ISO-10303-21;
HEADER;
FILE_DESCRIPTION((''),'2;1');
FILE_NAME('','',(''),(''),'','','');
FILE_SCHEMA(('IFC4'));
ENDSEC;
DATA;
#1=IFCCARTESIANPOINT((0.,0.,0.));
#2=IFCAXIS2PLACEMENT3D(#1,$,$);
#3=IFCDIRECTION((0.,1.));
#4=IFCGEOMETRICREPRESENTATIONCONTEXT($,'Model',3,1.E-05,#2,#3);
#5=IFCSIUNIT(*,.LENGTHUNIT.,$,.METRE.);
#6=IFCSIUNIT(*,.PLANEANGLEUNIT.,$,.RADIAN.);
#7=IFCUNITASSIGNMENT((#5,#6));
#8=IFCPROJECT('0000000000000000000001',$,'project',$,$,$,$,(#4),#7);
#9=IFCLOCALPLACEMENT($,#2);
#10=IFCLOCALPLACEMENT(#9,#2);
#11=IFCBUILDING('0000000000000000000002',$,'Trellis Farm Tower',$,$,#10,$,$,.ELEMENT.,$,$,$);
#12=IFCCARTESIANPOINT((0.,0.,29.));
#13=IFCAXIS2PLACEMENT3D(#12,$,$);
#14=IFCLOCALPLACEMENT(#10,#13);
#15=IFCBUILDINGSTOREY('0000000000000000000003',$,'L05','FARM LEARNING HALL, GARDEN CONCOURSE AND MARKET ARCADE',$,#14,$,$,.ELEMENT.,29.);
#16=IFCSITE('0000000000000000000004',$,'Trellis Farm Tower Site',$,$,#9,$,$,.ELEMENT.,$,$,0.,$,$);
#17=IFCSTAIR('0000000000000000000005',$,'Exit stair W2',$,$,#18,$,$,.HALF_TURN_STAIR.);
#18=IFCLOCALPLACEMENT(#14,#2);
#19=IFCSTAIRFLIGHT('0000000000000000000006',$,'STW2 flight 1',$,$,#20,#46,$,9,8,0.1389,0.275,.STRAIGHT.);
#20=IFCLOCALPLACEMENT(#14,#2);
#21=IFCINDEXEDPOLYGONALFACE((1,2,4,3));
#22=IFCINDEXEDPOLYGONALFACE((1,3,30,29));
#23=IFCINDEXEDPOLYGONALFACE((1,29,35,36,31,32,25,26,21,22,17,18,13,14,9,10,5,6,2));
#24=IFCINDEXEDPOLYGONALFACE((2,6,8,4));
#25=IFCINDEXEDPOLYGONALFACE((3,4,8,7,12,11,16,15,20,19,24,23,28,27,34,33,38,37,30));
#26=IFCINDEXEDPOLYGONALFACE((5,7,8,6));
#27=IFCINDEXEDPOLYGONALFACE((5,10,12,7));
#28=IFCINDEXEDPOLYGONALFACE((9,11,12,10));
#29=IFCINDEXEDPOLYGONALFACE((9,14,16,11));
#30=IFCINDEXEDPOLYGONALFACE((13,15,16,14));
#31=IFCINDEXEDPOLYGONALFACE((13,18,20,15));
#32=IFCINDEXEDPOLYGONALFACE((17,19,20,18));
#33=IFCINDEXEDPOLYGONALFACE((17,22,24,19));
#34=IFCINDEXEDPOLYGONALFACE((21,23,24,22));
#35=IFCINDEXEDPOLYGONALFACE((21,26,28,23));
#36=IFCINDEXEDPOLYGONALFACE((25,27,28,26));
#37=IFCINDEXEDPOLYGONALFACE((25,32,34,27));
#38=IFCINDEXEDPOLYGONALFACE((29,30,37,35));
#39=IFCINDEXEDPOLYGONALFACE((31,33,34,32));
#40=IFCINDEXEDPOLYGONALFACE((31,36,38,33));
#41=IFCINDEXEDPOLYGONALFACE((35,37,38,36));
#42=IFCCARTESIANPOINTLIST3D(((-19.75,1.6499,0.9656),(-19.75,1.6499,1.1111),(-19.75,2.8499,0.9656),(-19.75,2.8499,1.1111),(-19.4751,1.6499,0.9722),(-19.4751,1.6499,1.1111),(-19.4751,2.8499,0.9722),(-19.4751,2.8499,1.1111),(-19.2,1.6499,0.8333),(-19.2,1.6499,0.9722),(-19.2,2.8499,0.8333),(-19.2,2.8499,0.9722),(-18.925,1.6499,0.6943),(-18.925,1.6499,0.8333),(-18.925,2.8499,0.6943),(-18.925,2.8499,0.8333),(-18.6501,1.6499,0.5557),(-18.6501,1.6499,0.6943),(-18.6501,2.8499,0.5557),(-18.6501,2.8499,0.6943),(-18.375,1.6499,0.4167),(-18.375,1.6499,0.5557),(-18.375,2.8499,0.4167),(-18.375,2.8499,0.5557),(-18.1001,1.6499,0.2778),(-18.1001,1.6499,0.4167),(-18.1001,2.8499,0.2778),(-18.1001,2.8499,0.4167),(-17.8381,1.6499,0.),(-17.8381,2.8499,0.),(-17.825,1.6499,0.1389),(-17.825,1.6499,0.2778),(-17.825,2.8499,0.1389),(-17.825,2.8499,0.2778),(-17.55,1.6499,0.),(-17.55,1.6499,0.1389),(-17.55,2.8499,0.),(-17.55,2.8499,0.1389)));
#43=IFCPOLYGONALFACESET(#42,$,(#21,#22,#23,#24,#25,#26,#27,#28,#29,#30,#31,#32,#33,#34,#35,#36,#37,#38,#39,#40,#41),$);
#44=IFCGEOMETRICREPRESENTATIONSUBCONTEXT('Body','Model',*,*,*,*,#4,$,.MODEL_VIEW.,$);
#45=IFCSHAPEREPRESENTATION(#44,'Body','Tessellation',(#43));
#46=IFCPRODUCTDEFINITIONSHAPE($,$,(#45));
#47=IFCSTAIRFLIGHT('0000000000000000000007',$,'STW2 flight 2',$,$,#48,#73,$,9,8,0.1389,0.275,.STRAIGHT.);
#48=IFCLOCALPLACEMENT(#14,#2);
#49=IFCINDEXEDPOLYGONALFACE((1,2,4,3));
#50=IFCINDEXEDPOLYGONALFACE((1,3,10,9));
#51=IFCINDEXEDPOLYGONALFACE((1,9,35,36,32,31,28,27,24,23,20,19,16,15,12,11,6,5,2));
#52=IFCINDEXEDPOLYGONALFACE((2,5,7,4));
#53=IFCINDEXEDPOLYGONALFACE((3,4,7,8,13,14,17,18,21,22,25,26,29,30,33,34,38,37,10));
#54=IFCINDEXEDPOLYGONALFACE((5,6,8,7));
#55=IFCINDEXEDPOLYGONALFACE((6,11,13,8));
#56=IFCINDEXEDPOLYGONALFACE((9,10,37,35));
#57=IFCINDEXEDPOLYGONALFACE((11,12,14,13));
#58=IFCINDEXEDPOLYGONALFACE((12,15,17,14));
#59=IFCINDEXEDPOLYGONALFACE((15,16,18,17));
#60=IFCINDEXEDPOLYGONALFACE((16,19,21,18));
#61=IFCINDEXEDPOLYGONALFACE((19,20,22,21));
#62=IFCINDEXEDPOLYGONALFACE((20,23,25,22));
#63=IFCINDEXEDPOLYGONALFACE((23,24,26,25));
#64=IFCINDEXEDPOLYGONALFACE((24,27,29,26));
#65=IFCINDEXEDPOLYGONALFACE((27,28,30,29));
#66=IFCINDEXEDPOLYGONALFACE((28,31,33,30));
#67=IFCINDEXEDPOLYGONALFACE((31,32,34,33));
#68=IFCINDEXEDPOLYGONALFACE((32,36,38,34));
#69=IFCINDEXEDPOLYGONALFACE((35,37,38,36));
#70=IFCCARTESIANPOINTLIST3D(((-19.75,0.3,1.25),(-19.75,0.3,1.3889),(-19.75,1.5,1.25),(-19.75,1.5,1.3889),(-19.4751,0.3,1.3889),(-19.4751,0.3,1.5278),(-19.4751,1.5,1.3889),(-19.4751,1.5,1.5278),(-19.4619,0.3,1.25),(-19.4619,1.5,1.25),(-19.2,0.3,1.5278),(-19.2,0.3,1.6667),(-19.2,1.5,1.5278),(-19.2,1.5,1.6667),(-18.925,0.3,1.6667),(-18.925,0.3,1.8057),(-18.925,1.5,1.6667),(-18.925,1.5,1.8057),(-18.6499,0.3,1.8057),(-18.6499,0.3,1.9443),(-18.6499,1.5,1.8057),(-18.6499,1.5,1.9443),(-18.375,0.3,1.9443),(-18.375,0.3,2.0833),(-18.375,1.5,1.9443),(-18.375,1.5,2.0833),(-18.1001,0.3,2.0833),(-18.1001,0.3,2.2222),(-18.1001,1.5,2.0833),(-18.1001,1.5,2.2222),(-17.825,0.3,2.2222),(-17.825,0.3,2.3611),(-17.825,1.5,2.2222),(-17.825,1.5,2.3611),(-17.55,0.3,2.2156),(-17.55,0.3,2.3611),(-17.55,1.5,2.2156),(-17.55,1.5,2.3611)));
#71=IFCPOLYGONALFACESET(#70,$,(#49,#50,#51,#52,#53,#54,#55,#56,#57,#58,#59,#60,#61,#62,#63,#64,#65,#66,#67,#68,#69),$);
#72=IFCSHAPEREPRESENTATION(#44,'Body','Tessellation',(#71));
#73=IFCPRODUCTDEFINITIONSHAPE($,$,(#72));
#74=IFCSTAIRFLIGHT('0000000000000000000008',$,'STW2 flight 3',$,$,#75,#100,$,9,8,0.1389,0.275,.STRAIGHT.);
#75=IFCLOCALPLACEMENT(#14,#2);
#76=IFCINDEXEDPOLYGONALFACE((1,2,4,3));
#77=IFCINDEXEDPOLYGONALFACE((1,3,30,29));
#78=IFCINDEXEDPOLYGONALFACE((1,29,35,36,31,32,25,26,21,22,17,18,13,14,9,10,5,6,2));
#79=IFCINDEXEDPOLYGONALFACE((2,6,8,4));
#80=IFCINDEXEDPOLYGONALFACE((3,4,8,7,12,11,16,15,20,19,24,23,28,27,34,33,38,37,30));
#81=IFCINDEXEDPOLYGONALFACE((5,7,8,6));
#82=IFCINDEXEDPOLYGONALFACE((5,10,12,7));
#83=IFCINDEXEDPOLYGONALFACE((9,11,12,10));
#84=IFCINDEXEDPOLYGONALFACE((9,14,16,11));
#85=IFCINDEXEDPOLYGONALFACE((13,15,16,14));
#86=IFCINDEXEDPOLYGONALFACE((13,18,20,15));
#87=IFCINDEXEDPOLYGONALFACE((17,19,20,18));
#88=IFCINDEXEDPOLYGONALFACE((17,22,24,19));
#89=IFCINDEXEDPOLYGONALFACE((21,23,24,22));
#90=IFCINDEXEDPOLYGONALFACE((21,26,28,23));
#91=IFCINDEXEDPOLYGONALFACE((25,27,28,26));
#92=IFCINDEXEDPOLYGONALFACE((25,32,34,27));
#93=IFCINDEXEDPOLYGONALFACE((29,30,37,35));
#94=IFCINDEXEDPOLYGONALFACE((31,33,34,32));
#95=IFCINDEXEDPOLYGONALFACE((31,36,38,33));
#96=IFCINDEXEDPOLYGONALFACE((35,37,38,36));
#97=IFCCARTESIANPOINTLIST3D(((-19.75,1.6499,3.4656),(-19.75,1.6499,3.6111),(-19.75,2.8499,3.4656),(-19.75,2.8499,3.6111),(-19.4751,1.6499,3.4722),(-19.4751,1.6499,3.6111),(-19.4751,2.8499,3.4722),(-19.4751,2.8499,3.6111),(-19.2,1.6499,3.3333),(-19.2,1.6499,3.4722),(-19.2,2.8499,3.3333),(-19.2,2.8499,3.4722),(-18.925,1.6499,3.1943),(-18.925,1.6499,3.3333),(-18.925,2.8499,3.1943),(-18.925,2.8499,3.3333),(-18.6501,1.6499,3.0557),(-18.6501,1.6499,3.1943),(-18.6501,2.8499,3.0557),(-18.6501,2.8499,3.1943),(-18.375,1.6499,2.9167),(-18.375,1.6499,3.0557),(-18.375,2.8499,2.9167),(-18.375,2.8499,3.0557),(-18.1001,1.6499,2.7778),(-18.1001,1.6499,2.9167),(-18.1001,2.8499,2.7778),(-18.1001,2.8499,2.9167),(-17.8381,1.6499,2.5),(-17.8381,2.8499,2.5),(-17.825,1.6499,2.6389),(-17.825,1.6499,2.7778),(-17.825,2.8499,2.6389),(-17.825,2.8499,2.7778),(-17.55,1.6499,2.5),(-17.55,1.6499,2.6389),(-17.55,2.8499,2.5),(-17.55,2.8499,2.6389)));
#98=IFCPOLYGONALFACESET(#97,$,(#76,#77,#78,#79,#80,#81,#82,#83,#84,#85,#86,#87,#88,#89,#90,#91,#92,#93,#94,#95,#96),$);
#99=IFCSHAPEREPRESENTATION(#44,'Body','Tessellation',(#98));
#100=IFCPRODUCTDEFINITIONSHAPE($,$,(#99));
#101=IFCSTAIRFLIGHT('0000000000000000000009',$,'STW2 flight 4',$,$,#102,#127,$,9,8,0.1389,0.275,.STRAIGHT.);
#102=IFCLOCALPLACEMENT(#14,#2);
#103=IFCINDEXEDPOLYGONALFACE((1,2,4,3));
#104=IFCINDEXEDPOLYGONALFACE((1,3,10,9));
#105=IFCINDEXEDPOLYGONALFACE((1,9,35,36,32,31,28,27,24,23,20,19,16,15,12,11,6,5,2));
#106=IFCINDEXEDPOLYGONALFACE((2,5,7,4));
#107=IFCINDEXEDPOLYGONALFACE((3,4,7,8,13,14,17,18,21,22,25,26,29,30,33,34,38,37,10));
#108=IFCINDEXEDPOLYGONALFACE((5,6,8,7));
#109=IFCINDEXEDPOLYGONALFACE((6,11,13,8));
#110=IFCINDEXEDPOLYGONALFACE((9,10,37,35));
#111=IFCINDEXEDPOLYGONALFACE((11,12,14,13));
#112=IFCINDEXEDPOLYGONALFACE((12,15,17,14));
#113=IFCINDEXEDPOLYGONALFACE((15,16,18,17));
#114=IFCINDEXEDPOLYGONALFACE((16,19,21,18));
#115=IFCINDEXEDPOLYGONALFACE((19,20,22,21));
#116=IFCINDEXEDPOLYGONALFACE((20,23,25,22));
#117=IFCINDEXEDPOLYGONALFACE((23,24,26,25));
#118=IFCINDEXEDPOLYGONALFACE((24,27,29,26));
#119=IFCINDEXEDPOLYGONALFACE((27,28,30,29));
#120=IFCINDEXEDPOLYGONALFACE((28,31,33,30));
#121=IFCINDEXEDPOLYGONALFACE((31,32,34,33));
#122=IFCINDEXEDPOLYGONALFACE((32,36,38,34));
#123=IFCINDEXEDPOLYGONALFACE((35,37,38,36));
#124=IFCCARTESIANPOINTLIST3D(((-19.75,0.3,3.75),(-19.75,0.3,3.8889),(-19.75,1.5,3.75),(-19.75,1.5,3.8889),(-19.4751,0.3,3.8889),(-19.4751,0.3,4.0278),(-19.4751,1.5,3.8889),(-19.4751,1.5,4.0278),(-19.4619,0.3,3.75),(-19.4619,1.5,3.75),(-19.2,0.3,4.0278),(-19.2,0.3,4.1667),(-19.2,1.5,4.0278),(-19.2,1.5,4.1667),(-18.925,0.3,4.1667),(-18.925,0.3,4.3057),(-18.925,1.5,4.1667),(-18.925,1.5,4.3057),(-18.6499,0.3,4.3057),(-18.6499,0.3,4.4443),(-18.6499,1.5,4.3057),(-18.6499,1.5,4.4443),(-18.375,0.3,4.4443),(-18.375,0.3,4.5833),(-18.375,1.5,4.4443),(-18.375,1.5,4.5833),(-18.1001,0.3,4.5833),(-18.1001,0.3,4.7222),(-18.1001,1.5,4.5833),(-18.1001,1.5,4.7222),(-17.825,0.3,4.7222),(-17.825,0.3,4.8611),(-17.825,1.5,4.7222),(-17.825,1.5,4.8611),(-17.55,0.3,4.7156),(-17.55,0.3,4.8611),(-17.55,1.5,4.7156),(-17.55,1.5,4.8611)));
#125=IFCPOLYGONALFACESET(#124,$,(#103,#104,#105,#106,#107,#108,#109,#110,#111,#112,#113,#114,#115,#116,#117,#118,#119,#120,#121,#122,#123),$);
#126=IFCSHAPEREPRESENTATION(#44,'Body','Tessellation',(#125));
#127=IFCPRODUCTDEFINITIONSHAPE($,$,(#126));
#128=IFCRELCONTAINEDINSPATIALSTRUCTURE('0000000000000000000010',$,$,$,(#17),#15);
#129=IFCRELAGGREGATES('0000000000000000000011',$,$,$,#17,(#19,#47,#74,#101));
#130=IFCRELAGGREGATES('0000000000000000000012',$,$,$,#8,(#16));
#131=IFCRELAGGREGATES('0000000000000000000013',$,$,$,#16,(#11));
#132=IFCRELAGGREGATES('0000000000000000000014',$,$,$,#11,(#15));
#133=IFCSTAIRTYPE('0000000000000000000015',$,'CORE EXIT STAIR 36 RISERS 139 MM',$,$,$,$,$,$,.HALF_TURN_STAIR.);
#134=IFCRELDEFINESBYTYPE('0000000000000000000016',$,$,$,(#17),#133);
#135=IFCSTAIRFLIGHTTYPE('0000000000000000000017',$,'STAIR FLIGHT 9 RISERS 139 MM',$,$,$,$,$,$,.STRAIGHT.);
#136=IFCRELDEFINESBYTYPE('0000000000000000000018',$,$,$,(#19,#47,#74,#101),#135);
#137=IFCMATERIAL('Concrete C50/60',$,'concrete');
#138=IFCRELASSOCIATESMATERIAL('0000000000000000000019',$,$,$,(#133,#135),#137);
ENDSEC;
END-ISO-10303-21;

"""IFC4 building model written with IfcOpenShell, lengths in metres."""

from ifc_helpers import new_model, si_unit, direction, frame, origin, place, context, subcontext, project, spatial, polyline, outline, extrude, source, transform, mapped, material, type_object, element, aggregate, save


model = new_model("IFC4")

# Units and contexts
model_context = context("Model", 3, precision=1e-05, world=origin(), true_north=direction((0.0, 1.0)))
body_context = subcontext(model_context, "Body", "Model", "MODEL_VIEW")
ifc_project = project(units=[si_unit("LENGTHUNIT", "METRE"), si_unit("PLANEANGLEUNIT", "RADIAN")], contexts=[model_context])

# Site, building, storey
site_placement = place(None, origin())
site = spatial("IfcSite", under=ifc_project, at=site_placement, Name="Trellis Farm Tower Site", CompositionType="ELEMENT", RefElevation=0.0)
building_placement = place(site_placement, origin())
building = spatial("IfcBuilding", under=site, at=building_placement, Name="Trellis Farm Tower", CompositionType="ELEMENT")
storey_placement = place(building_placement, frame((0.0, 0.0, 29.0)))
storey = spatial("IfcBuildingStorey", under=building, at=storey_placement, Name="L05", Description="FARM LEARNING HALL, GARDEN CONCOURSE AND MARKET ARCADE", CompositionType="ELEMENT", Elevation=29.0)

# Stair, stair flights
ifc_material_1 = material(Name="Concrete C50/60", Category="concrete")
stair_type = type_object("IfcStairType", Name="CORE EXIT STAIR 36 RISERS 139 MM", PredefinedType="HALF_TURN_STAIR", material=ifc_material_1)
placement = place(storey_placement, origin())
stair_flight_type = type_object("IfcStairFlightType", Name="STAIR FLIGHT 9 RISERS 139 MM", PredefinedType="STRAIGHT", material=ifc_material_1)
shared_shape_1 = source(origin(), body_context, "Body", "SweptSolid", [
    extrude(outline(polyline([(0.0, 0.0), (0.0, 0.1389), (0.2749, 0.1389), (0.2749, 0.2778), (0.55, 0.2778), (0.55, 0.4167), (0.825, 0.4167), (0.825, 0.5557), (1.1001, 0.5557), (1.1001, 0.6943), (1.375, 0.6943), (1.375, 0.8333), (1.6499, 0.8333), (1.6499, 0.9722), (1.925, 0.9722), (1.925, 1.1111), (2.2, 1.1111), (2.2, 1.25), (2.2, 0.9656), (0.2881, 0.0), (0.0, 0.0)])), frame((0.0, 0.6001, 0.0), z_axis=(0.0, -1.0, 0.0), x_axis=(1.0, 0.0, 0.0)), (0.0, 0.0, 1.0), 1.2),
])
stair_1 = element("IfcStair", 1, at=placement, inside=storey, type_object=stair_type, Name="Exit stair W2", PredefinedType="HALF_TURN_STAIR")
stair_flight_1_placement = place(storey_placement, frame((-17.55, 2.25, 0.0), z_axis=(0.0, 0.0, 1.0), x_axis=(-1.0, 0.0, 0.0)))
stair_flight_1 = element("IfcStairFlight", 2, at=stair_flight_1_placement, type_object=stair_flight_type, Name="STW2 flight 1", NumberOfRisers=9, NumberOfTreads=8, PredefinedType="STRAIGHT", RiserHeight=0.1389, TreadLength=0.275, context=body_context, shape_type="MappedRepresentation", body=[
    mapped(shared_shape_1, transform((0.0, 0.0, 0.0))),
])
stair_flight_2_placement = place(storey_placement, frame((-19.75, 0.8999, 1.25), z_axis=(0.0, 0.0, 1.0), x_axis=(1.0, 0.0, 0.0)))
stair_flight_2 = element("IfcStairFlight", 3, at=stair_flight_2_placement, type_object=stair_flight_type, Name="STW2 flight 2", NumberOfRisers=9, NumberOfTreads=8, PredefinedType="STRAIGHT", RiserHeight=0.1389, TreadLength=0.275, context=body_context, shape_type="MappedRepresentation", body=[
    mapped(shared_shape_1, transform((0.0, 0.0, 0.0))),
])
stair_flight_3_placement = place(storey_placement, frame((-17.55, 2.25, 2.5), z_axis=(0.0, 0.0, 1.0), x_axis=(-1.0, 0.0, 0.0)))
stair_flight_3 = element("IfcStairFlight", 4, at=stair_flight_3_placement, type_object=stair_flight_type, Name="STW2 flight 3", NumberOfRisers=9, NumberOfTreads=8, PredefinedType="STRAIGHT", RiserHeight=0.1389, TreadLength=0.275, context=body_context, shape_type="MappedRepresentation", body=[
    mapped(shared_shape_1, transform((0.0, 0.0, 0.0))),
])
stair_flight_4_placement = place(storey_placement, frame((-19.75, 0.8999, 3.75), z_axis=(0.0, 0.0, 1.0), x_axis=(1.0, 0.0, 0.0)))
stair_flight_4 = element("IfcStairFlight", 5, at=stair_flight_4_placement, type_object=stair_flight_type, Name="STW2 flight 4", NumberOfRisers=9, NumberOfTreads=8, PredefinedType="STRAIGHT", RiserHeight=0.1389, TreadLength=0.275, context=body_context, shape_type="MappedRepresentation", body=[
    mapped(shared_shape_1, transform((0.0, 0.0, 0.0))),
])
aggregate(stair_1, [stair_flight_1, stair_flight_2, stair_flight_3, stair_flight_4])

save(model, "model.ifc")
